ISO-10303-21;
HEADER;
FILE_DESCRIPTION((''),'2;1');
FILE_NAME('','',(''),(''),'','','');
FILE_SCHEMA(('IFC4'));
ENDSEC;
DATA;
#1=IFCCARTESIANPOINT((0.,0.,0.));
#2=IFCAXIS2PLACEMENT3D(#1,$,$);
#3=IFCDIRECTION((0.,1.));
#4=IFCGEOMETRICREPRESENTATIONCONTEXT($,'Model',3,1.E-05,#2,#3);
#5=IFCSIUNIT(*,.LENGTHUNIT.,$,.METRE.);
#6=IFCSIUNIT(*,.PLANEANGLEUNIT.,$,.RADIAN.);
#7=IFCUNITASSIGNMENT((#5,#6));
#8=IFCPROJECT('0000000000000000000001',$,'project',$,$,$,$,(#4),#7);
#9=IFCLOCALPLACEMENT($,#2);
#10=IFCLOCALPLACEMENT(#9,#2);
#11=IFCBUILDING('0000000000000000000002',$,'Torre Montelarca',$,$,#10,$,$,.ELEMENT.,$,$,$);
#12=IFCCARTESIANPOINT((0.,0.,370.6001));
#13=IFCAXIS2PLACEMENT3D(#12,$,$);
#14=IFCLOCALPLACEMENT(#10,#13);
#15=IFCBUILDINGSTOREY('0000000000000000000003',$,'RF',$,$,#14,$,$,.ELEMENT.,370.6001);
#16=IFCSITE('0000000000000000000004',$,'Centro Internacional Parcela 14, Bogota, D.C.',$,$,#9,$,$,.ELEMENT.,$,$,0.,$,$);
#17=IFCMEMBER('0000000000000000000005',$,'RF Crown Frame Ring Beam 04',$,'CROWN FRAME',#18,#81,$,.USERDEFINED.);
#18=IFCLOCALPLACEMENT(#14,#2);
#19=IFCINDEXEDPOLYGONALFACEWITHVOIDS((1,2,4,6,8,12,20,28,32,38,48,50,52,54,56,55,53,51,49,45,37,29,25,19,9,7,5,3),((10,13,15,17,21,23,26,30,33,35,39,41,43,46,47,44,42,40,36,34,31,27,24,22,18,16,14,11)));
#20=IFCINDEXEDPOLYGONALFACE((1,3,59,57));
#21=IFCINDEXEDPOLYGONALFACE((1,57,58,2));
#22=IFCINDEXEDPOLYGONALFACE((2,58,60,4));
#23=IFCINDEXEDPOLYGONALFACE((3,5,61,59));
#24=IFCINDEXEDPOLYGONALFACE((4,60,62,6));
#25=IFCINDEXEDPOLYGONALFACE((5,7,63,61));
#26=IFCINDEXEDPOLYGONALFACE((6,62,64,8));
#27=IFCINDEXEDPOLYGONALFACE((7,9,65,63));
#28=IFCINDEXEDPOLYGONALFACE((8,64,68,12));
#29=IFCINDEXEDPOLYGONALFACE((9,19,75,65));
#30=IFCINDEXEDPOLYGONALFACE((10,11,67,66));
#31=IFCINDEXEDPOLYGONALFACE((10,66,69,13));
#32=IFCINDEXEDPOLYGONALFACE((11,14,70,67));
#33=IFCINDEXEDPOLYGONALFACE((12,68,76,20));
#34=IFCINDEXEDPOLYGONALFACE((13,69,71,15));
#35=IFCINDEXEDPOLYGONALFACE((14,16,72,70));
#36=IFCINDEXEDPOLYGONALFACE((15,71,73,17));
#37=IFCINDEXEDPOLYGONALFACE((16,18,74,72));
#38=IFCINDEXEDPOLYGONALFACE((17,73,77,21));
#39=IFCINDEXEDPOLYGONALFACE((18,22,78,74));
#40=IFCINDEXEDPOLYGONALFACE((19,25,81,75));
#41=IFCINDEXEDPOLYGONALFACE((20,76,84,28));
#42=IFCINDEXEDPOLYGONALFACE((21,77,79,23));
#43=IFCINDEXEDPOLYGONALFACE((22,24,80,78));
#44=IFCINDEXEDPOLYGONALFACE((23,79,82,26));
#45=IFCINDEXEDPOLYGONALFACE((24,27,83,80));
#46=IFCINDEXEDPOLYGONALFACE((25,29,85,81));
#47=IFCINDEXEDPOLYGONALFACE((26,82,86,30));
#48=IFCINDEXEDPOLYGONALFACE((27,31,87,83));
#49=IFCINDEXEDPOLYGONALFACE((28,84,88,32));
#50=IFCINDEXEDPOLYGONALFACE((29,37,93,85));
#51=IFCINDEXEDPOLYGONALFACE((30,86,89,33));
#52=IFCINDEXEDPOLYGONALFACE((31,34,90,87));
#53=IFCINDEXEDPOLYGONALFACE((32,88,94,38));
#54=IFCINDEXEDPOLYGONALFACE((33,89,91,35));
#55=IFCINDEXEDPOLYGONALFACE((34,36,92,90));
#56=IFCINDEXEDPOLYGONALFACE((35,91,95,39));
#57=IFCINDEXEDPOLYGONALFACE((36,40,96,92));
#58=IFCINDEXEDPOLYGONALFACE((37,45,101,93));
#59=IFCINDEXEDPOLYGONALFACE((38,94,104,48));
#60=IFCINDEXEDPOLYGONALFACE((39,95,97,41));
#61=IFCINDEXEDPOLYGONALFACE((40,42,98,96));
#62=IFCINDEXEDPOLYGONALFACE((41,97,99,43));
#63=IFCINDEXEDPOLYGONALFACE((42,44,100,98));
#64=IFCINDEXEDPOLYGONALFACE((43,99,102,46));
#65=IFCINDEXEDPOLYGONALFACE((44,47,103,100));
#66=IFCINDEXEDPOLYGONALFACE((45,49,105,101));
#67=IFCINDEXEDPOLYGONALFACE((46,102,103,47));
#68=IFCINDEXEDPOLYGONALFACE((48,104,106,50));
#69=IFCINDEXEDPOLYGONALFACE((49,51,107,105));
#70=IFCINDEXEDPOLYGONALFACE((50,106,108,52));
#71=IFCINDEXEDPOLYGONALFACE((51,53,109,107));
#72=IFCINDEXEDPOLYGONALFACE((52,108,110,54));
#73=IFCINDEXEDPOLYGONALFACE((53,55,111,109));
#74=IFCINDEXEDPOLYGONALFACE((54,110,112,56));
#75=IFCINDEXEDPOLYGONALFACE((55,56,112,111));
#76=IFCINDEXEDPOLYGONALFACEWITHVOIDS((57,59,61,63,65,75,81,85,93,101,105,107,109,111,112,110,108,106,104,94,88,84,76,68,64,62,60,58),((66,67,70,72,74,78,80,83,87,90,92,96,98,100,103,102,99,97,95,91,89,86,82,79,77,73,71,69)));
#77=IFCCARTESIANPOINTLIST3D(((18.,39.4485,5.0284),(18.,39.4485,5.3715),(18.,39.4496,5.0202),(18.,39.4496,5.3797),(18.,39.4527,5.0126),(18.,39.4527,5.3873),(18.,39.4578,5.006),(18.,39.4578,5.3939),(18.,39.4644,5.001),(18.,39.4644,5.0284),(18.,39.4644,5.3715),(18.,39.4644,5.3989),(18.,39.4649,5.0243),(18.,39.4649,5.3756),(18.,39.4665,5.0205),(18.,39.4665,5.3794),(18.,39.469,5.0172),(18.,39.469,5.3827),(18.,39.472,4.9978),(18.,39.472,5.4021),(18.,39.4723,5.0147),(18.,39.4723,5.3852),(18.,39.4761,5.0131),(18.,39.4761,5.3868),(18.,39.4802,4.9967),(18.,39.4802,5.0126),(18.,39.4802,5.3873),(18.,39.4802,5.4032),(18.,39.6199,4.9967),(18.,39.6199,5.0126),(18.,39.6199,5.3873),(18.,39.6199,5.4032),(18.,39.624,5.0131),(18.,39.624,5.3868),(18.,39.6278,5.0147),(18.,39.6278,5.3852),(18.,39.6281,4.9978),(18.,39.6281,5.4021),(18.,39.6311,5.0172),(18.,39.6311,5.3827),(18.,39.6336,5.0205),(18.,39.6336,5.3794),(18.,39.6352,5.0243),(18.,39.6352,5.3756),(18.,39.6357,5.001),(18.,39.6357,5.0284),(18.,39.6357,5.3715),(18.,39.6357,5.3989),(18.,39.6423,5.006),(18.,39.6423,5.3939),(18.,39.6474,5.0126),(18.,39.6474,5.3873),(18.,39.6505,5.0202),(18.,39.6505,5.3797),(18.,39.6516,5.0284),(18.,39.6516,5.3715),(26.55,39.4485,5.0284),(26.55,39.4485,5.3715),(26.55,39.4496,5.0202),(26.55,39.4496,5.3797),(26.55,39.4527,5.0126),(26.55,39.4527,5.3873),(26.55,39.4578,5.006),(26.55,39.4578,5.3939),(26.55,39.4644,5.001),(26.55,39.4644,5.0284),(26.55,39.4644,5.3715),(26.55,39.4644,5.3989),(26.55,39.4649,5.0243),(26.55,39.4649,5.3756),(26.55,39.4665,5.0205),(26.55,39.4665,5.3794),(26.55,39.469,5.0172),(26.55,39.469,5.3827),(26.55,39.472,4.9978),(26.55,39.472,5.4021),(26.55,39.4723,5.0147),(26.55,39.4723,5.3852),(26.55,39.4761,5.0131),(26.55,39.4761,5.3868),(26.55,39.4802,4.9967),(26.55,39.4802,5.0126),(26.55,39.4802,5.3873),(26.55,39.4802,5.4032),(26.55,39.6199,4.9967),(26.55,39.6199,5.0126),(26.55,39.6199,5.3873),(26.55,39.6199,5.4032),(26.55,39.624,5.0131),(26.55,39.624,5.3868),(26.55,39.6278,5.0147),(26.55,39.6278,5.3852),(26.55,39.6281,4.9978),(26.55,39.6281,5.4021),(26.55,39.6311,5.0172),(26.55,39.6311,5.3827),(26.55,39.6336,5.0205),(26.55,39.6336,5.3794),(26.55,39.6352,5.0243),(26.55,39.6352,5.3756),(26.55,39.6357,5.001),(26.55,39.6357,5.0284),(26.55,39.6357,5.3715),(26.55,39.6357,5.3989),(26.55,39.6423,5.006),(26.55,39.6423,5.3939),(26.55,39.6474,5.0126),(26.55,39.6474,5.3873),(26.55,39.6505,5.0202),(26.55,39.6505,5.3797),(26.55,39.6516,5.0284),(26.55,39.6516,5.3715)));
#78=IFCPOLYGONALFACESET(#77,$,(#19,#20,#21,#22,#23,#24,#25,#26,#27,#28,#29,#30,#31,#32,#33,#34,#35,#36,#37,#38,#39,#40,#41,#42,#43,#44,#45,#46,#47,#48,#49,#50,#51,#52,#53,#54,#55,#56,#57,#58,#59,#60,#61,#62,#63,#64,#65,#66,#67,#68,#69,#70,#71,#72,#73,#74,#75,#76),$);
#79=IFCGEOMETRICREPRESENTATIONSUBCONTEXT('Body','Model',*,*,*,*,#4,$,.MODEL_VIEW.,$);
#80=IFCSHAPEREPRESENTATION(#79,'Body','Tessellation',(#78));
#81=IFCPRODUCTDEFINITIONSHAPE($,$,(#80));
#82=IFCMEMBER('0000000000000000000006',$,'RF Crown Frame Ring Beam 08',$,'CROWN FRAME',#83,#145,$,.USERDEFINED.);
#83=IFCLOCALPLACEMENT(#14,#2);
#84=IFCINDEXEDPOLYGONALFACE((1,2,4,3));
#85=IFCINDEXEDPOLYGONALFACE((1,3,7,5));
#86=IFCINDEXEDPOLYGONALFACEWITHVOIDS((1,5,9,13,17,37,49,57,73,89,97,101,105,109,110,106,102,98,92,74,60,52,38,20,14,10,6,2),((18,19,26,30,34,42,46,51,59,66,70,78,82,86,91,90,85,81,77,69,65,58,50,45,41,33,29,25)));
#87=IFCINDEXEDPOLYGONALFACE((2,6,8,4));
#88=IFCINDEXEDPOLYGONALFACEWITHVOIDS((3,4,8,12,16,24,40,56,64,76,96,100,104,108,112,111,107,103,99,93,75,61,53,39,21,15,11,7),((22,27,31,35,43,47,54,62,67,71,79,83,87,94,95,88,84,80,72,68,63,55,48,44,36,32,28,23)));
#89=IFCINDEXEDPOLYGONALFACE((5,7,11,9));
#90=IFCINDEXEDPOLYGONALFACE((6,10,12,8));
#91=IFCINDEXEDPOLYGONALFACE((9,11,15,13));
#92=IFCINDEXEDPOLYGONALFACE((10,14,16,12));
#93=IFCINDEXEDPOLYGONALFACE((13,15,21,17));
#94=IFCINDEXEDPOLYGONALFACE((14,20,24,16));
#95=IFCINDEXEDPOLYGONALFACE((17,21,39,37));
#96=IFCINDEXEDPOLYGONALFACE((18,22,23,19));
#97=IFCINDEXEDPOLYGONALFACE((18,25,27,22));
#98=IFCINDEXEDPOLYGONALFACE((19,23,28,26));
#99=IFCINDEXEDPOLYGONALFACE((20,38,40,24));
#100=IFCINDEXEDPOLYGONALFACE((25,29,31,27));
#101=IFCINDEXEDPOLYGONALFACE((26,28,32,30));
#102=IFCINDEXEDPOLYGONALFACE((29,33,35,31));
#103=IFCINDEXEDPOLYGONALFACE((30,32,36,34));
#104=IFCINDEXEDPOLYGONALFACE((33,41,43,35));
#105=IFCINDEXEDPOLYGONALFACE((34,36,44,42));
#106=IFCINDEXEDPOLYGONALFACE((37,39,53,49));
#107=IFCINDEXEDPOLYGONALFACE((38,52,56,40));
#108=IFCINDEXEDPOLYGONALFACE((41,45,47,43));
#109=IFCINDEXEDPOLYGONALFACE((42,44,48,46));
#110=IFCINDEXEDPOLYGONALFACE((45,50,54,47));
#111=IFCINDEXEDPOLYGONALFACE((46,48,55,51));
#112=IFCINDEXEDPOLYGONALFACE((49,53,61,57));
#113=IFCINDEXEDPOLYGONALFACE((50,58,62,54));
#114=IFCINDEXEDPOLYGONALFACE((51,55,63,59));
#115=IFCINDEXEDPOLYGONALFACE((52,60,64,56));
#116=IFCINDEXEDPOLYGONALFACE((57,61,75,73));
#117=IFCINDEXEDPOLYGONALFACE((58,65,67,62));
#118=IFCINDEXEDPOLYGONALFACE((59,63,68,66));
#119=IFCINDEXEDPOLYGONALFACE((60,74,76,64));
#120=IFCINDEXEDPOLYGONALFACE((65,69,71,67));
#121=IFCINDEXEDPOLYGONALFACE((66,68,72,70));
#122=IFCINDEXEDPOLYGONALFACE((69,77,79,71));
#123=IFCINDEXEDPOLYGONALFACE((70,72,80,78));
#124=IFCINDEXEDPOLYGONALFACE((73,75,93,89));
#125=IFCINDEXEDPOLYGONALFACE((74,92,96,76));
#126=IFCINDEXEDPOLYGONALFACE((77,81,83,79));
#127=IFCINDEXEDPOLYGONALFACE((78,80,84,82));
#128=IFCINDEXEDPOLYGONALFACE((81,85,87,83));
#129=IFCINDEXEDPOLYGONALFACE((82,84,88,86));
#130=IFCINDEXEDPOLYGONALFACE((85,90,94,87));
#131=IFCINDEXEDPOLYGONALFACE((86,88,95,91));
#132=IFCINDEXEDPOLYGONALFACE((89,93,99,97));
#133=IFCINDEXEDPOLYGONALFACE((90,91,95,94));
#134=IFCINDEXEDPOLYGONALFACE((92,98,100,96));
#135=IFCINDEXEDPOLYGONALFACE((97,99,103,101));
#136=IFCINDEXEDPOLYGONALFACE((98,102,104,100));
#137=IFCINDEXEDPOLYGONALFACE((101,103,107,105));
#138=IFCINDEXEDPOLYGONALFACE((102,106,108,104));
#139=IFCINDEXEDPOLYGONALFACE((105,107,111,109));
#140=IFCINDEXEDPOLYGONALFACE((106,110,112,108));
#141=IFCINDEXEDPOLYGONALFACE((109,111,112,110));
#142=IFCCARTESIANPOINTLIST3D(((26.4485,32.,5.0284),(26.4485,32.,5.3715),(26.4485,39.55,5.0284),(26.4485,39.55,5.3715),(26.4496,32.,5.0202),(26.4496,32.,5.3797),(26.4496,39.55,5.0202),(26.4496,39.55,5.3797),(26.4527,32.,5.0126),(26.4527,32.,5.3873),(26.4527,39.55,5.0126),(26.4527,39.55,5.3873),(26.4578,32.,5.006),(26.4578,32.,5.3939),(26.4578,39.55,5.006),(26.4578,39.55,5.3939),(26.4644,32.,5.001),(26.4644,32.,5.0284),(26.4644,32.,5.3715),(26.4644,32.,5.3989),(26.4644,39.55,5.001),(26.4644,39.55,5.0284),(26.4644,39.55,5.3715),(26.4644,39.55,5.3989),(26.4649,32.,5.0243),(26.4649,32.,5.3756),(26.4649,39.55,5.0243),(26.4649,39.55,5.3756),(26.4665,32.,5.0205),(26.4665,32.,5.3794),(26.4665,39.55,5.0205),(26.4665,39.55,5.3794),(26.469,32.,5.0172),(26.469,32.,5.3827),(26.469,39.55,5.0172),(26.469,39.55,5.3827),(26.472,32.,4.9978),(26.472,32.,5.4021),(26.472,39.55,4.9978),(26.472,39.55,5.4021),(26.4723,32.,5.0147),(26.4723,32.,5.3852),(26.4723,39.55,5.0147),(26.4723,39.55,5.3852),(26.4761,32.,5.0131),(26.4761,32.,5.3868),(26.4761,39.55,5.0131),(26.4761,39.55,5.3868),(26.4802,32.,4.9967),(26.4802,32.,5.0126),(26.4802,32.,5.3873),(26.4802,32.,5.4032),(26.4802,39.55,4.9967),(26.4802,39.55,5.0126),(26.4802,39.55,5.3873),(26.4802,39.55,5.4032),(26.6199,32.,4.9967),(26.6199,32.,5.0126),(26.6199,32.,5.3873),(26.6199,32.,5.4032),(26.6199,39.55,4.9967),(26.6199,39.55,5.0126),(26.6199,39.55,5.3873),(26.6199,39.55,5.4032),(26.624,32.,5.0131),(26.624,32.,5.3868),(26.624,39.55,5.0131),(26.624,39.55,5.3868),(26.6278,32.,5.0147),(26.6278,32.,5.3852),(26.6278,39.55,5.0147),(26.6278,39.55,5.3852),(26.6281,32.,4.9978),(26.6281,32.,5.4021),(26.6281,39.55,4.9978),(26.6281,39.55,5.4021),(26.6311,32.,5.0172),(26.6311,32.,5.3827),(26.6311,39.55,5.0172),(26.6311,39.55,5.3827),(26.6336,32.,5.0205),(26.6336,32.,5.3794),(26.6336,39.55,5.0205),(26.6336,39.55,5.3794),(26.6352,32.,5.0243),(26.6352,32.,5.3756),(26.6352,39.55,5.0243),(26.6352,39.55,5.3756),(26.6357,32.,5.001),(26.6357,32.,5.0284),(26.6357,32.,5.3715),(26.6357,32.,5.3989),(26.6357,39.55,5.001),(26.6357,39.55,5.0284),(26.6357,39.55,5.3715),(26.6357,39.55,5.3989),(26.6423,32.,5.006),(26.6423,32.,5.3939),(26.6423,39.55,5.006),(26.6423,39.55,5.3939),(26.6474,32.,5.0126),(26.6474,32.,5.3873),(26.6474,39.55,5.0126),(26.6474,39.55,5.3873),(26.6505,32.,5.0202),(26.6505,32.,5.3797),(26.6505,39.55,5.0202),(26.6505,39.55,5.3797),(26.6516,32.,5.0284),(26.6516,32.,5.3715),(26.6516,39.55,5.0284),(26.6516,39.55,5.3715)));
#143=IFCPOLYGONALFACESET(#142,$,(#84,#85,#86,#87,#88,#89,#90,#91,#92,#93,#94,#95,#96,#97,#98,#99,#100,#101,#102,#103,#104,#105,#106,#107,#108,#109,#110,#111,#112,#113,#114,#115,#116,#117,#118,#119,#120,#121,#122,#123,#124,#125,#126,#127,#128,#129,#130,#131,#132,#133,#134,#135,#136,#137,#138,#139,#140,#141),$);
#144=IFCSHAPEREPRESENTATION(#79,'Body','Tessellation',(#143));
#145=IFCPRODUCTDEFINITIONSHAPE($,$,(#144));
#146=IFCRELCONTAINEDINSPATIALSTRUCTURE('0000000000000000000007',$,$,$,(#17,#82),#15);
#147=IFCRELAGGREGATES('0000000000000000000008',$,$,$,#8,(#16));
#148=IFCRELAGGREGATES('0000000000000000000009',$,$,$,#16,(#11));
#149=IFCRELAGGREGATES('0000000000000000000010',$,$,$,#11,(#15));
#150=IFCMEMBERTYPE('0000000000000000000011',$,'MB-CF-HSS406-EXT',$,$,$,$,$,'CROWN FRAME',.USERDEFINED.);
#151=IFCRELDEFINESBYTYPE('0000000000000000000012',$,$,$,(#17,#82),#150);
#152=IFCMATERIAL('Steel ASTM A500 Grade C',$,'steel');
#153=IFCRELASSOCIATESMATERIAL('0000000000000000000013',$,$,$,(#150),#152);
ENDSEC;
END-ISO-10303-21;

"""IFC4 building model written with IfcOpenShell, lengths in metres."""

from ifc_helpers import new_model, si_unit, direction, frame, origin, origin_2d, place, context, subcontext, project, spatial, hollow_rectangle, extrude, source, transform, mapped, material, material_profile, profile_set, type_object, element, save


model = new_model("IFC4")

# Units and contexts
model_context = context("Model", 3, precision=1e-05, world=origin(), true_north=direction((0.0, 1.0)))
body_context = subcontext(model_context, "Body", "Model", "MODEL_VIEW")
ifc_project = project(units=[si_unit("LENGTHUNIT", "METRE"), si_unit("PLANEANGLEUNIT", "RADIAN")], contexts=[model_context])

# Site, building, storey
site_placement = place(None, origin())
site = spatial("IfcSite", under=ifc_project, at=site_placement, Name="Centro Internacional Parcela 14, Bogota, D.C.", CompositionType="ELEMENT", RefElevation=0.0)
building_placement = place(site_placement, origin())
building = spatial("IfcBuilding", under=site, at=building_placement, Name="Torre Montelarca", CompositionType="ELEMENT")
storey_placement = place(building_placement, frame((0.0, 0.0, 370.6001)))
storey = spatial("IfcBuildingStorey", under=building, at=storey_placement, Name="RF", CompositionType="ELEMENT", Elevation=370.6001)

# Shared definitions
ifc_material_1 = material(Name="Steel ASTM A500 Grade C", Category="steel")

# Members
ifc_material_profile_1 = material_profile(ifc_material_1, hollow_rectangle(XDim=0.2031, YDim=0.4065, WallThickness=0.0159, InnerFilletRadius=0.0159, OuterFilletRadius=0.0317, at=origin_2d()), Name="HSS406X203X15.9", Category="steel")
ifc_profile_set_1 = profile_set([ifc_material_profile_1], Name="Steel ASTM A500 Grade C")
member_type_1 = type_object("IfcMemberType", Name="MB-CF-HSS406-EXT", ElementType="CROWN FRAME", PredefinedType="USERDEFINED", material=ifc_profile_set_1)
shared_shape_1 = source(origin(), body_context, "Body", "SweptSolid", [
    extrude(hollow_rectangle(XDim=0.2031, YDim=0.4065, WallThickness=0.0159, InnerFilletRadius=0.0159, OuterFilletRadius=0.0317, at=origin_2d()), origin(), (0.0, 0.0, 1.0), 8.55),
])
member_1_placement = place(storey_placement, frame((18.0, 39.55, 5.2), z_axis=(1.0, 0.0, 0.0), x_axis=(0.0, 1.0, 0.0)))
element("IfcMember", 1, at=member_1_placement, inside=storey, type_object=member_type_1, Name="RF Crown Frame Ring Beam 04", ObjectType="CROWN FRAME", PredefinedType="USERDEFINED", context=body_context, shape_type="MappedRepresentation", body=[
    mapped(shared_shape_1, transform((0.0, 0.0, 0.0), scale=1.0)),
])
shared_shape_2 = source(origin(), body_context, "Body", "SweptSolid", [
    extrude(hollow_rectangle(XDim=0.2031, YDim=0.4065, WallThickness=0.0159, InnerFilletRadius=0.0159, OuterFilletRadius=0.0317, at=origin_2d()), origin(), (0.0, 0.0, 1.0), 7.55),
])
member_2_placement = place(storey_placement, frame((26.55, 32.0, 5.2), z_axis=(0.0, 1.0, 0.0), x_axis=(-1.0, 0.0, 0.0)))
element("IfcMember", 2, at=member_2_placement, inside=storey, type_object=member_type_1, Name="RF Crown Frame Ring Beam 08", ObjectType="CROWN FRAME", PredefinedType="USERDEFINED", context=body_context, shape_type="MappedRepresentation", body=[
    mapped(shared_shape_2, transform((0.0, 0.0, 0.0), scale=1.0)),
])

save(model, "model.ifc")
